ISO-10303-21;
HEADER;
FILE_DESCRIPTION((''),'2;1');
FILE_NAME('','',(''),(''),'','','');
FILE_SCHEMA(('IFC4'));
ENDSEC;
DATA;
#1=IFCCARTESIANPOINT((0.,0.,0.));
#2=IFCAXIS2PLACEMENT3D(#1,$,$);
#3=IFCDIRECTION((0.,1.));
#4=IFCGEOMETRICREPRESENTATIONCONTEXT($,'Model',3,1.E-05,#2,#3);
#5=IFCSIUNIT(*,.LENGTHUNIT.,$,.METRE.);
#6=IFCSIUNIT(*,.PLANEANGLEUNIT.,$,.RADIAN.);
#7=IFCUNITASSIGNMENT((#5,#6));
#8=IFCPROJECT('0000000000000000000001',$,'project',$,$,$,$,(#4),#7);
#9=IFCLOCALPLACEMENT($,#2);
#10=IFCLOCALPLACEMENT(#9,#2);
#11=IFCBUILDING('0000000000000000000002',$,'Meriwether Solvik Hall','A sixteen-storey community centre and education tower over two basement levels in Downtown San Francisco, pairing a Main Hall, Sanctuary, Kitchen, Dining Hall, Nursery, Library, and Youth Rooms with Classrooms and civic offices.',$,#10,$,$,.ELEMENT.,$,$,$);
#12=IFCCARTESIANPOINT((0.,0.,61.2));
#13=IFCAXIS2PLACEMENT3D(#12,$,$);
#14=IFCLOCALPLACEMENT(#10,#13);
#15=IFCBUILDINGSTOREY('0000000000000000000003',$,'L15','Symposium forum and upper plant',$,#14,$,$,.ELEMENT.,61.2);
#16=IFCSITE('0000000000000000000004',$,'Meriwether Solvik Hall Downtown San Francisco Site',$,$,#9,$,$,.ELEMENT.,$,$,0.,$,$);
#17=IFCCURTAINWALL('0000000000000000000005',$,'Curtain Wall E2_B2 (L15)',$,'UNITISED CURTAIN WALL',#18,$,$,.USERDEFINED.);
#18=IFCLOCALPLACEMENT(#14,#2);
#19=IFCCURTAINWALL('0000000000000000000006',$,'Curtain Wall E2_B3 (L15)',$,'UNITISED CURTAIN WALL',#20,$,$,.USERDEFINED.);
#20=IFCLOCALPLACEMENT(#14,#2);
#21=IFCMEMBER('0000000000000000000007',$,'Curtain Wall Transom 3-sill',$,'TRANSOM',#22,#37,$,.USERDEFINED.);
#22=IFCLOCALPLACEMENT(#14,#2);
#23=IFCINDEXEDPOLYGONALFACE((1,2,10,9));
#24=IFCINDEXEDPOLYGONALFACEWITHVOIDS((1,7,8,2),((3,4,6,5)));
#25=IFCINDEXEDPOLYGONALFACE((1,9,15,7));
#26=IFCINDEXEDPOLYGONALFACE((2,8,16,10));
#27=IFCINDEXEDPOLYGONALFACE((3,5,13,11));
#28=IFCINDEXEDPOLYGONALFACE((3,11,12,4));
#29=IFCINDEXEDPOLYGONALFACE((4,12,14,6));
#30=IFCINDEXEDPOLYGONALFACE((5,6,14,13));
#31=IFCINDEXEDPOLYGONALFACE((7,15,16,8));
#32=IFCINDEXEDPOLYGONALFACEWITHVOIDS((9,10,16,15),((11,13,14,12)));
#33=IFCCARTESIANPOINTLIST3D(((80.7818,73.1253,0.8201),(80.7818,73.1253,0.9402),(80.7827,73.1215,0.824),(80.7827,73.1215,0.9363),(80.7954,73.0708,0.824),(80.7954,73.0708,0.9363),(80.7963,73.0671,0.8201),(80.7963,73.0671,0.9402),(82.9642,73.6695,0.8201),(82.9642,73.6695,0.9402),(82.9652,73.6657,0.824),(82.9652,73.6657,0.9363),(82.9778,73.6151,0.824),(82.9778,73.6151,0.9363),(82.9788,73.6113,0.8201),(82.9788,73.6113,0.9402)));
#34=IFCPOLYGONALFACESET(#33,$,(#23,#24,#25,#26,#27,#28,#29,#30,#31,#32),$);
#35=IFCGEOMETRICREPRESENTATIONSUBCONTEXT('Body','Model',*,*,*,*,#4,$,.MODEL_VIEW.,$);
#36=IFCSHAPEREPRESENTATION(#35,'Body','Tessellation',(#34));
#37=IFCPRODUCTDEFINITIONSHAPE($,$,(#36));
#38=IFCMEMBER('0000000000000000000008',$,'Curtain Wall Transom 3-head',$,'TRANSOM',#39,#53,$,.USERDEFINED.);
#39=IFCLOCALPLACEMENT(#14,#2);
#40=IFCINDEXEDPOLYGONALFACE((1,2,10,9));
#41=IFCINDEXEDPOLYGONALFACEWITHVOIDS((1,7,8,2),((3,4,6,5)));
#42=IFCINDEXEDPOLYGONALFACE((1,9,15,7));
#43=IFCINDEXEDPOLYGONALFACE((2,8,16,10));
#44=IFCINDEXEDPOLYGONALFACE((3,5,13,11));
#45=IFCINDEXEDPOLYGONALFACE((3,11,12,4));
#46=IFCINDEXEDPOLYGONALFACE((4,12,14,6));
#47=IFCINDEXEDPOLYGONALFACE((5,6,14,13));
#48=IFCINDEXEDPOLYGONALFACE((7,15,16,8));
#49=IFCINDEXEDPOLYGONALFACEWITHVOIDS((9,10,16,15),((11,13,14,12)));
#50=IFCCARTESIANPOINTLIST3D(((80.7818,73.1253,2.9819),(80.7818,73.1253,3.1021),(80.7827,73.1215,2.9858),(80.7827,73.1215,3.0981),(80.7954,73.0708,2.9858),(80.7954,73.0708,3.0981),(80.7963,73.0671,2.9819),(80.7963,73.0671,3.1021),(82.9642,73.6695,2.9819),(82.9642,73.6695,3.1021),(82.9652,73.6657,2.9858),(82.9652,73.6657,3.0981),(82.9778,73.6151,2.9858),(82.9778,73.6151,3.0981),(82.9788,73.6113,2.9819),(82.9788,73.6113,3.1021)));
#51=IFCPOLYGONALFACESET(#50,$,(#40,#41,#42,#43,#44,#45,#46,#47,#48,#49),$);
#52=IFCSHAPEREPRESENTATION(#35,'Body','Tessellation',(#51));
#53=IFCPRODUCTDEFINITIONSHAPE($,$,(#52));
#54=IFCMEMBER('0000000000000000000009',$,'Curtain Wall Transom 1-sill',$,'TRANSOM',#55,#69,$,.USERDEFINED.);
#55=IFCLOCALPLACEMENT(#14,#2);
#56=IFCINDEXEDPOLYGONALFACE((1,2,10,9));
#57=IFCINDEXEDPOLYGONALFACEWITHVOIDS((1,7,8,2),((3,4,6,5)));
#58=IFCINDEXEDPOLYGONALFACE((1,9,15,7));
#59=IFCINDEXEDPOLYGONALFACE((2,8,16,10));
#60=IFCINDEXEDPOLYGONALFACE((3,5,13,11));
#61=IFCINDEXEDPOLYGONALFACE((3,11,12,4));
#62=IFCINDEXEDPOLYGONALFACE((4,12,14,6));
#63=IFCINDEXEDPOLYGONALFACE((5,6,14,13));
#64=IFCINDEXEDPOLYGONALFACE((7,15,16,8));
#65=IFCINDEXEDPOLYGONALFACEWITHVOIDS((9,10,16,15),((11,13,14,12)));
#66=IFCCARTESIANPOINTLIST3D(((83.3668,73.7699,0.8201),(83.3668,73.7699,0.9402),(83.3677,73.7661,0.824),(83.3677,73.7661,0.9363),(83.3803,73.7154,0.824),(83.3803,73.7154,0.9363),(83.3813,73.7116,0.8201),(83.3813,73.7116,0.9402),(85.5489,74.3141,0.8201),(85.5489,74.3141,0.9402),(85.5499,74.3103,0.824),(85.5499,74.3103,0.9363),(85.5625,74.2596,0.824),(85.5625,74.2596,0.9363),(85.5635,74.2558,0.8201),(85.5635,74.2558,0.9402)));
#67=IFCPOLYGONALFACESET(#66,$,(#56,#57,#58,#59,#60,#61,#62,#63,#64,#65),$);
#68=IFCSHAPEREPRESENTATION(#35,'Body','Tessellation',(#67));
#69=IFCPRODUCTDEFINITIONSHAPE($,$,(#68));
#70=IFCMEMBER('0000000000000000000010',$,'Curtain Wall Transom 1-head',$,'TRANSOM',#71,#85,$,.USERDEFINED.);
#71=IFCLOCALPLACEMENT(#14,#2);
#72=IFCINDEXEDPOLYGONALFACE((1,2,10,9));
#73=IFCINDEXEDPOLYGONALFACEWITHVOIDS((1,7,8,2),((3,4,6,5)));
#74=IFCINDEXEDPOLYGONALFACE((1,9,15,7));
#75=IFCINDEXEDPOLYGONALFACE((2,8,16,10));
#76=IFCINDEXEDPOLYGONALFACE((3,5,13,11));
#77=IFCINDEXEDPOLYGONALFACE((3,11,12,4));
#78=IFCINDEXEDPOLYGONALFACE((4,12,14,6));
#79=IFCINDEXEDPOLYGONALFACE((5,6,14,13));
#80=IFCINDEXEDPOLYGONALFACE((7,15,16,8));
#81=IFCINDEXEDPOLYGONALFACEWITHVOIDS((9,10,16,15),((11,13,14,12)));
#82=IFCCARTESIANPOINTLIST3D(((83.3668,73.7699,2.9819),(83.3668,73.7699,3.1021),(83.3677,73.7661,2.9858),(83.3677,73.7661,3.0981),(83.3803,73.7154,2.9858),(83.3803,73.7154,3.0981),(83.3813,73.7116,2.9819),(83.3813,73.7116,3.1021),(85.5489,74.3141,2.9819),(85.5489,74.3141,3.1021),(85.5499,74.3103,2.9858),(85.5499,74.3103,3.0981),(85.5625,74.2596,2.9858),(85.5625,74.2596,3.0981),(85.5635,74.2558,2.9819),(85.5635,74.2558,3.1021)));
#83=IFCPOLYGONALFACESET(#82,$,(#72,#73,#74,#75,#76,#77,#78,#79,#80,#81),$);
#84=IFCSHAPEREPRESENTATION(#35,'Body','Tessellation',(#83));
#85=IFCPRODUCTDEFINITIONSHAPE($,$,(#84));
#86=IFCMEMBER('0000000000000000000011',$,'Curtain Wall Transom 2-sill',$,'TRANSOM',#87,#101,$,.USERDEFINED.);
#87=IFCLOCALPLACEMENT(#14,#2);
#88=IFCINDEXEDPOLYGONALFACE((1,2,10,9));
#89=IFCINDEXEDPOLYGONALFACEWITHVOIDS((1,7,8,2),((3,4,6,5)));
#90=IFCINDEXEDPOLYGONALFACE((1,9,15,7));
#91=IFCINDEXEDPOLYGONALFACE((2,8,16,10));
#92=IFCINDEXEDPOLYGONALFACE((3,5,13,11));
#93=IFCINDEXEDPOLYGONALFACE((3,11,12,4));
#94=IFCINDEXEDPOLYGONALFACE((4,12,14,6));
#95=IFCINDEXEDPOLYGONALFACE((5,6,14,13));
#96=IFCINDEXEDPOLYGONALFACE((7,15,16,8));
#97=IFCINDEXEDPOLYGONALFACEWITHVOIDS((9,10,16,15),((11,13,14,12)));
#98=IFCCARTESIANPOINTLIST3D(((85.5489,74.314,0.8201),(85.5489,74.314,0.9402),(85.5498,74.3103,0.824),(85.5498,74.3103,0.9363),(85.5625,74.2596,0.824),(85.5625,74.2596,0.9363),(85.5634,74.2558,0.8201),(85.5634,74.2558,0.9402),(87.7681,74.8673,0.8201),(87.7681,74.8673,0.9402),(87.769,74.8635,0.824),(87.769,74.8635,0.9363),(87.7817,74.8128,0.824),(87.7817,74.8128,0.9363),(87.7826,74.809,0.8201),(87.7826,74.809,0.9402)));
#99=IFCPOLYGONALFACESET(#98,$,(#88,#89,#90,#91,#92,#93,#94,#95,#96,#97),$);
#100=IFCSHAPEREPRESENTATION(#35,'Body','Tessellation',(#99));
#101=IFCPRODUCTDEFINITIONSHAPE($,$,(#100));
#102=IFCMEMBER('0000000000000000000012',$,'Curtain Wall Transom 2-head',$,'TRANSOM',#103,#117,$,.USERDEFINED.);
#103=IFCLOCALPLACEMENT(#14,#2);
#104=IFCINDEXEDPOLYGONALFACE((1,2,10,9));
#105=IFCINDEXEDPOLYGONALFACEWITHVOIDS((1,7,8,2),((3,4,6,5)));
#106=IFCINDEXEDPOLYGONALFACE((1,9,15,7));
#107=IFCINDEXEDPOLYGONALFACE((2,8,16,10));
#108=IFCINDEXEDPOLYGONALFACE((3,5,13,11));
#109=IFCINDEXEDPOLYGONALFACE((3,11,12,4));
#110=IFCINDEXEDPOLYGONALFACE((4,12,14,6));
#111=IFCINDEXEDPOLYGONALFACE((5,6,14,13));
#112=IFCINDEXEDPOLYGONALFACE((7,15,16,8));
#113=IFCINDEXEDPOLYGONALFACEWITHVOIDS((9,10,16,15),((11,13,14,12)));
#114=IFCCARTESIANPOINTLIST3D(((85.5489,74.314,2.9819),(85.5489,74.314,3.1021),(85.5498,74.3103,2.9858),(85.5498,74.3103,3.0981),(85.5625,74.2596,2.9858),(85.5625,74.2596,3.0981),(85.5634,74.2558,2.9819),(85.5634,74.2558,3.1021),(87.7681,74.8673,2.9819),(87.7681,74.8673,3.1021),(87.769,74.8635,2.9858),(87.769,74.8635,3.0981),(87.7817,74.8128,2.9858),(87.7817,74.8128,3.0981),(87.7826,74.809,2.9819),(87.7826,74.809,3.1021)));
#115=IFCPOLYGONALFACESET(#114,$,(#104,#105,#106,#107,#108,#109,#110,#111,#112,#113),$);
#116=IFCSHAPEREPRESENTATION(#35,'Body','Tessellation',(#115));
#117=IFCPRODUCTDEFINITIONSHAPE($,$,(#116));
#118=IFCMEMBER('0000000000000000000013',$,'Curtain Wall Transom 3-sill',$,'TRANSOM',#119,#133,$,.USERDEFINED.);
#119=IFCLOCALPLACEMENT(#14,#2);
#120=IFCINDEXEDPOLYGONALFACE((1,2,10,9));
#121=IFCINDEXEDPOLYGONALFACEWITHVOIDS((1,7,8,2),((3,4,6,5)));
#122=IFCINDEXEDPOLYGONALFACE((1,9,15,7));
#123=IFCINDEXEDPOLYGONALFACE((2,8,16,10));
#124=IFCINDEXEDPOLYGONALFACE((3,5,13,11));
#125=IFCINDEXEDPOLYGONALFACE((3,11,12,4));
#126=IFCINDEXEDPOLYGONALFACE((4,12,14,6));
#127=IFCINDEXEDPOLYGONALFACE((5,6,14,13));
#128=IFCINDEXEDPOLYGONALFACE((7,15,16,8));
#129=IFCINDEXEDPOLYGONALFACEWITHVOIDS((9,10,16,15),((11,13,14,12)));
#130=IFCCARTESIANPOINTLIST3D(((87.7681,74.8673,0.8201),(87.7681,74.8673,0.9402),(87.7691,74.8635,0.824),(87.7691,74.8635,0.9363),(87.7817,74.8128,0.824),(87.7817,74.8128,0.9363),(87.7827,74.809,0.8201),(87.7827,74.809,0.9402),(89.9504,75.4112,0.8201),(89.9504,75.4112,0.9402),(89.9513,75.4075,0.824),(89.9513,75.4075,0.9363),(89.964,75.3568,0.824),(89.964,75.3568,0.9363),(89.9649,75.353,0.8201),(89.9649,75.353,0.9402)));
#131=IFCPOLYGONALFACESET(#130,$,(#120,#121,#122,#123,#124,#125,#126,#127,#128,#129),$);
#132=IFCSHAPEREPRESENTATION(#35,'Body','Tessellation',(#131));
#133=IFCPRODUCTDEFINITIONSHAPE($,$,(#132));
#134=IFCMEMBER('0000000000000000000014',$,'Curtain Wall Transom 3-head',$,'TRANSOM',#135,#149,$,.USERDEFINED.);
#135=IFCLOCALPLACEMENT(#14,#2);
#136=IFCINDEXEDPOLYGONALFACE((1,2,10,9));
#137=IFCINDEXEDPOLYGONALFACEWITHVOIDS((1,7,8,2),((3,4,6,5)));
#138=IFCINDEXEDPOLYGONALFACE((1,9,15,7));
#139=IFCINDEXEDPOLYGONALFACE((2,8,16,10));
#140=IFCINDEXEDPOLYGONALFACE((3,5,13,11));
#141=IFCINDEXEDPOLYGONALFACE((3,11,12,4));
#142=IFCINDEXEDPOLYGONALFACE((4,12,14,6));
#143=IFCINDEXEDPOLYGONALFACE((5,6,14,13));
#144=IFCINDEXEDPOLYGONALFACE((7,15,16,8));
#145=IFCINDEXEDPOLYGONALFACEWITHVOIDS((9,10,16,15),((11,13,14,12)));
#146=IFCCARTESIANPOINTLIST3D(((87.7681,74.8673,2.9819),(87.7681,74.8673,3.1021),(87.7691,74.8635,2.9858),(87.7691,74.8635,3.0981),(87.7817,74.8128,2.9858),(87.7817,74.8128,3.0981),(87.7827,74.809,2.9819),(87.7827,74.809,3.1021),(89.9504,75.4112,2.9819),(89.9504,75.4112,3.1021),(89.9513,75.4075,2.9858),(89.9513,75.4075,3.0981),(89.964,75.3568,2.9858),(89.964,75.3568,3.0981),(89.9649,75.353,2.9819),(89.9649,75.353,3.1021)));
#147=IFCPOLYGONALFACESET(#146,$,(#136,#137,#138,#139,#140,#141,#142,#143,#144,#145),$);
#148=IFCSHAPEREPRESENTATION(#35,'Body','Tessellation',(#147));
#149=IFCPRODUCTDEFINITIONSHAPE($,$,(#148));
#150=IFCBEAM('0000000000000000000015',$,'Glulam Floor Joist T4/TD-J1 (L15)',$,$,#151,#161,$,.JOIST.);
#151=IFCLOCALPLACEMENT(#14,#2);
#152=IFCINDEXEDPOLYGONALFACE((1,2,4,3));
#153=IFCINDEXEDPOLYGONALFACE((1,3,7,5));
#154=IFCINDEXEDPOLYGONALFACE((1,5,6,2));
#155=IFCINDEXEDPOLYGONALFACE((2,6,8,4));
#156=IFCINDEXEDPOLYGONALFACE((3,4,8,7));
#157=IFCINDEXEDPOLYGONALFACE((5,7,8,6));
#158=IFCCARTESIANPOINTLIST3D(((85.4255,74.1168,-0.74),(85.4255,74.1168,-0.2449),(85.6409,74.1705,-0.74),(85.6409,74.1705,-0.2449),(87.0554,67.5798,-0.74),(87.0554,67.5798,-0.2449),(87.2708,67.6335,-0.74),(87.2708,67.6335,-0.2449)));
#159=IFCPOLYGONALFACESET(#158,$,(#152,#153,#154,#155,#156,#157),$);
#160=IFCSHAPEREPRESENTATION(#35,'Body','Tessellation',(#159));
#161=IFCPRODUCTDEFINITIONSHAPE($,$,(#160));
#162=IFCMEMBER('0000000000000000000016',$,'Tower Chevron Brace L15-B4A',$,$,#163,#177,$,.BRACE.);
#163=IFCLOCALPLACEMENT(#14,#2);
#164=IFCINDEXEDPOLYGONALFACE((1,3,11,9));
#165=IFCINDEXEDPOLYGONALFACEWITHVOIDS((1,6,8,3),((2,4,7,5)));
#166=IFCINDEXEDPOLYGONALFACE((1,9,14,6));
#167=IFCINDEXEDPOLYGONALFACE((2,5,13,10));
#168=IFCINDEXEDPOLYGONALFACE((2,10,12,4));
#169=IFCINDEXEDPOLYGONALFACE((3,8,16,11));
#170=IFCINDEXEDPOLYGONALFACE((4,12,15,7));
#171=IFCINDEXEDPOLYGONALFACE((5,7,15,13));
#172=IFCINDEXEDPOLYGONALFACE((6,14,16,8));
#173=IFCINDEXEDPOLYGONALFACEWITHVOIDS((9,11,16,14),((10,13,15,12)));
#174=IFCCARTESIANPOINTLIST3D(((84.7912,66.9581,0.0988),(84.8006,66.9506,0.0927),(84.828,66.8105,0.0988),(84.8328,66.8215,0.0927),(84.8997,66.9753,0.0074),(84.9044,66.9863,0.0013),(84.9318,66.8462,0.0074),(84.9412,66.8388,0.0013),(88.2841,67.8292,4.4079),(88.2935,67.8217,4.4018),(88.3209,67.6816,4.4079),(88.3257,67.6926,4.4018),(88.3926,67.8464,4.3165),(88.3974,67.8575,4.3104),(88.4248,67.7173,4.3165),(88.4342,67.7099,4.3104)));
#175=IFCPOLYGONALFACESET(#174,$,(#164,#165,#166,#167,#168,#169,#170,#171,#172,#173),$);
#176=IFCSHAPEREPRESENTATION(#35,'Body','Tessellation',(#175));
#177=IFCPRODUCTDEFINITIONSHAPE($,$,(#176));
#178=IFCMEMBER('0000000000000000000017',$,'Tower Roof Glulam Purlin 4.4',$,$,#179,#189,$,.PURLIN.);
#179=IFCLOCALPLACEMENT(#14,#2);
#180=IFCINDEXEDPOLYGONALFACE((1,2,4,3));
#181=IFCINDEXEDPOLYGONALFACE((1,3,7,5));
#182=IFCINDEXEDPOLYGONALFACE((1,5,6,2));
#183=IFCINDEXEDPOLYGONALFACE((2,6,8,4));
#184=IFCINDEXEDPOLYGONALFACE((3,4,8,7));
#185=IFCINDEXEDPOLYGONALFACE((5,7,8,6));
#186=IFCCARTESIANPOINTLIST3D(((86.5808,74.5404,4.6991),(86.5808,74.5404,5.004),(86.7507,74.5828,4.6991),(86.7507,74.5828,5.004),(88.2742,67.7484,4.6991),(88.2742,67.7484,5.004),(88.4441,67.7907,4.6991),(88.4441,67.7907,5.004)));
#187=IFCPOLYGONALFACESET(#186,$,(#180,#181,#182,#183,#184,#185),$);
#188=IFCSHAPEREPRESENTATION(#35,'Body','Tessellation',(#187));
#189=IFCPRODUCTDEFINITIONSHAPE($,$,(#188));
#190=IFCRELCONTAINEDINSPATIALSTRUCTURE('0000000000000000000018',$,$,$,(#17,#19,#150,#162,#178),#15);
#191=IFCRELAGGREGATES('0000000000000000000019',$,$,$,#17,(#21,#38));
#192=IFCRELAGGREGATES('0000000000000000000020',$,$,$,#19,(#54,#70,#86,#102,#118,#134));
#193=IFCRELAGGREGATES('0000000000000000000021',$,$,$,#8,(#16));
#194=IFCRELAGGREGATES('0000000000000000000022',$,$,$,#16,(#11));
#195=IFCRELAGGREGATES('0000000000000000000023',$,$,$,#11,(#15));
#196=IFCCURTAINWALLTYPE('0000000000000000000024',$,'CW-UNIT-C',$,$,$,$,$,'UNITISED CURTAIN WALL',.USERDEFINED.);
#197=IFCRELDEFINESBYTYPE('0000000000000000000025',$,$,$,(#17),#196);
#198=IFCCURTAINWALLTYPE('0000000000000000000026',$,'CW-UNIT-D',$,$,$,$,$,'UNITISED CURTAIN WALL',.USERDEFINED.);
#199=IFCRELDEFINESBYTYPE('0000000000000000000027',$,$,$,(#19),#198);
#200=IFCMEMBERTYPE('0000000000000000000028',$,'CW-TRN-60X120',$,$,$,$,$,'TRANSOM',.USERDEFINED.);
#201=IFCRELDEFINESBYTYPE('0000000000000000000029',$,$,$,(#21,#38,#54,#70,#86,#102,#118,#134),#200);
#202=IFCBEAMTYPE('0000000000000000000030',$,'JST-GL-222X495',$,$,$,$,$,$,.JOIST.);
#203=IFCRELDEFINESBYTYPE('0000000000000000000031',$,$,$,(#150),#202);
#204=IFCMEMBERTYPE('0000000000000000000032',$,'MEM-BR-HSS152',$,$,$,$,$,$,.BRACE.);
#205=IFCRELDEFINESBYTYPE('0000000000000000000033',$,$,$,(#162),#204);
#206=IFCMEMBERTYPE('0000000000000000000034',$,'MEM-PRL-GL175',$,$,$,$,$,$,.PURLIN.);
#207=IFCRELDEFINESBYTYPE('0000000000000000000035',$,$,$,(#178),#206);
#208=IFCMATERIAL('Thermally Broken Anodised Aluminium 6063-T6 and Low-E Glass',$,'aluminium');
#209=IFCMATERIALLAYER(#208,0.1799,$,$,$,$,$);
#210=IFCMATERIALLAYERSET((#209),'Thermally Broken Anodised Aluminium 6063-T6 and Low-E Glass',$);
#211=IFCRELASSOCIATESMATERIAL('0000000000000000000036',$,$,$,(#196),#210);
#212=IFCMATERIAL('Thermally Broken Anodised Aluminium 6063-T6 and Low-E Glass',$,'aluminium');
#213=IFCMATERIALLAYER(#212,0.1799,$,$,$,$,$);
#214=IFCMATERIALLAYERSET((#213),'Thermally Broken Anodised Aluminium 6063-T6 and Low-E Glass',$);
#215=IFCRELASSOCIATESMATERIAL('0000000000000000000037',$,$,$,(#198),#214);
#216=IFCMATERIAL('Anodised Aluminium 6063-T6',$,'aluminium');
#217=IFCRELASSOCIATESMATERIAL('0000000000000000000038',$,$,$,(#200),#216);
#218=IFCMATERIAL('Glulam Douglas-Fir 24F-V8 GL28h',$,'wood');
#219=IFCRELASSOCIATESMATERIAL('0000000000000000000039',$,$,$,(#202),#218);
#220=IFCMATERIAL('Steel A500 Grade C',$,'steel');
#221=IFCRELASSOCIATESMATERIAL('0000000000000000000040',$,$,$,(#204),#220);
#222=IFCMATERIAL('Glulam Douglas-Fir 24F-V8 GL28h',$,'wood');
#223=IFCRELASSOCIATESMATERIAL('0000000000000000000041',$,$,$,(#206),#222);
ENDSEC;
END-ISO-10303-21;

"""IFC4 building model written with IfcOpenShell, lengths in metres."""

from ifc_helpers import new_model, si_unit, direction, frame, origin, origin_2d, place, context, subcontext, project, spatial, rectangle, hollow_rectangle, extrude, material, layer, layer_set, material_profile, profile_set, type_object, element, aggregate, save


model = new_model("IFC4")

# Units and contexts
model_context = context("Model", 3, precision=1e-05, world=origin(), true_north=direction((0.0, 1.0)))
body_context = subcontext(model_context, "Body", "Model", "MODEL_VIEW")
ifc_project = project(units=[si_unit("LENGTHUNIT", "METRE"), si_unit("PLANEANGLEUNIT", "RADIAN")], contexts=[model_context])

# Site, building, storey
site_placement = place(None, origin())
site = spatial("IfcSite", under=ifc_project, at=site_placement, Name="Meriwether Solvik Hall Downtown San Francisco Site", CompositionType="ELEMENT", RefElevation=0.0)
building_placement = place(site_placement, origin())
building = spatial("IfcBuilding", under=site, at=building_placement, Name="Meriwether Solvik Hall", Description="A sixteen-storey community centre and education tower over two basement levels in Downtown San Francisco, pairing a Main Hall, Sanctuary, Kitchen, Dining Hall, Nursery, Library, and Youth Rooms with Classrooms and civic offices.", CompositionType="ELEMENT")
storey_placement = place(building_placement, frame((0.0, 0.0, 61.2)))
storey = spatial("IfcBuildingStorey", under=building, at=storey_placement, Name="L15", Description="Symposium forum and upper plant", CompositionType="ELEMENT", Elevation=61.2)

# Curtain walls
ifc_material_1 = material(Name="Thermally Broken Anodised Aluminium 6063-T6 and Low-E Glass", Category="aluminium")
ifc_layer_1 = layer(ifc_material_1, 0.1799)
ifc_layer_set_1 = layer_set([ifc_layer_1], Name="Thermally Broken Anodised Aluminium 6063-T6 and Low-E Glass")
curtain_wall_type_1 = type_object("IfcCurtainWallType", Name="CW-UNIT-C", ElementType="UNITISED CURTAIN WALL", PredefinedType="USERDEFINED", material=ifc_layer_set_1)
curtain_wall_1_placement = place(storey_placement, origin())
curtain_wall_1 = element("IfcCurtainWall", 1, at=curtain_wall_1_placement, inside=storey, type_object=curtain_wall_type_1, Name="Curtain Wall E2_B2 (L15)", ObjectType="UNITISED CURTAIN WALL", PredefinedType="USERDEFINED")
ifc_material_2 = material(Name="Thermally Broken Anodised Aluminium 6063-T6 and Low-E Glass", Category="aluminium")
ifc_layer_2 = layer(ifc_material_2, 0.1799)
ifc_layer_set_2 = layer_set([ifc_layer_2], Name="Thermally Broken Anodised Aluminium 6063-T6 and Low-E Glass")
curtain_wall_type_2 = type_object("IfcCurtainWallType", Name="CW-UNIT-D", ElementType="UNITISED CURTAIN WALL", PredefinedType="USERDEFINED", material=ifc_layer_set_2)
curtain_wall_2_placement = place(storey_placement, origin())
curtain_wall_2 = element("IfcCurtainWall", 2, at=curtain_wall_2_placement, inside=storey, type_object=curtain_wall_type_2, Name="Curtain Wall E2_B3 (L15)", ObjectType="UNITISED CURTAIN WALL", PredefinedType="USERDEFINED")

# Members
ifc_material_3 = material(Name="Anodised Aluminium 6063-T6", Category="aluminium")
ifc_material_profile_1 = material_profile(ifc_material_3, hollow_rectangle(XDim=0.0601, YDim=0.1201, WallThickness=0.0039, at=origin_2d()), Name="CWT-60X120")
ifc_profile_set_1 = profile_set([ifc_material_profile_1], Name="Anodised Aluminium 6063-T6")
member_type_1 = type_object("IfcMemberType", Name="CW-TRN-60X120", ElementType="TRANSOM", PredefinedType="USERDEFINED", material=ifc_profile_set_1)
member_1_placement = place(storey_placement, frame((80.7891, 73.0962, 0.8801), z_axis=(0.970289, 0.241948, 0.0), x_axis=(-0.241948, 0.970289, 0.0)))
member_1 = element("IfcMember", 3, at=member_1_placement, type_object=member_type_1, Name="Curtain Wall Transom 3-sill", ObjectType="TRANSOM", PredefinedType="USERDEFINED", context=body_context, shape_type="SweptSolid", body=[
    extrude(hollow_rectangle(XDim=0.0601, YDim=0.1201, WallThickness=0.0039, at=origin_2d()), origin(), (0.0, 0.0, 1.0), 2.2493),
])
member_2_placement = place(storey_placement, frame((80.7891, 73.0962, 3.042), z_axis=(0.970289, 0.241948, 0.0), x_axis=(-0.241948, 0.970289, 0.0)))
member_2 = element("IfcMember", 4, at=member_2_placement, type_object=member_type_1, Name="Curtain Wall Transom 3-head", ObjectType="TRANSOM", PredefinedType="USERDEFINED", context=body_context, shape_type="SweptSolid", body=[
    extrude(hollow_rectangle(XDim=0.0601, YDim=0.1201, WallThickness=0.0039, at=origin_2d()), origin(), (0.0, 0.0, 1.0), 2.2493),
])
member_3_placement = place(storey_placement, frame((83.374, 73.7407, 0.8801), z_axis=(0.970283, 0.241974, 0.0), x_axis=(-0.241974, 0.970283, 0.0)))
member_3 = element("IfcMember", 5, at=member_3_placement, type_object=member_type_1, Name="Curtain Wall Transom 1-sill", ObjectType="TRANSOM", PredefinedType="USERDEFINED", context=body_context, shape_type="SweptSolid", body=[
    extrude(hollow_rectangle(XDim=0.0601, YDim=0.1201, WallThickness=0.0039, at=origin_2d()), origin(), (0.0, 0.0, 1.0), 2.249),
])
member_4_placement = place(storey_placement, frame((83.374, 73.7407, 3.042), z_axis=(0.970283, 0.241974, 0.0), x_axis=(-0.241974, 0.970283, 0.0)))
member_4 = element("IfcMember", 6, at=member_4_placement, type_object=member_type_1, Name="Curtain Wall Transom 1-head", ObjectType="TRANSOM", PredefinedType="USERDEFINED", context=body_context, shape_type="SweptSolid", body=[
    extrude(hollow_rectangle(XDim=0.0601, YDim=0.1201, WallThickness=0.0039, at=origin_2d()), origin(), (0.0, 0.0, 1.0), 2.249),
])
member_5_placement = place(storey_placement, frame((85.5562, 74.2849, 0.8801), z_axis=(0.970306, 0.241883, 0.0), x_axis=(-0.241883, 0.970306, 0.0)))
member_5 = element("IfcMember", 7, at=member_5_placement, type_object=member_type_1, Name="Curtain Wall Transom 2-sill", ObjectType="TRANSOM", PredefinedType="USERDEFINED", context=body_context, shape_type="SweptSolid", body=[
    extrude(hollow_rectangle(XDim=0.0601, YDim=0.1201, WallThickness=0.0039, at=origin_2d()), origin(), (0.0, 0.0, 1.0), 2.2871),
])
member_6_placement = place(storey_placement, frame((85.5562, 74.2849, 3.042), z_axis=(0.970306, 0.241883, 0.0), x_axis=(-0.241883, 0.970306, 0.0)))
member_6 = element("IfcMember", 8, at=member_6_placement, type_object=member_type_1, Name="Curtain Wall Transom 2-head", ObjectType="TRANSOM", PredefinedType="USERDEFINED", context=body_context, shape_type="SweptSolid", body=[
    extrude(hollow_rectangle(XDim=0.0601, YDim=0.1201, WallThickness=0.0039, at=origin_2d()), origin(), (0.0, 0.0, 1.0), 2.2871),
])
member_7_placement = place(storey_placement, frame((87.7754, 74.8381, 0.8801), z_axis=(0.970308, 0.241871, 0.0), x_axis=(-0.241871, 0.970308, 0.0)))
member_7 = element("IfcMember", 9, at=member_7_placement, type_object=member_type_1, Name="Curtain Wall Transom 3-sill", ObjectType="TRANSOM", PredefinedType="USERDEFINED", context=body_context, shape_type="SweptSolid", body=[
    extrude(hollow_rectangle(XDim=0.0601, YDim=0.1201, WallThickness=0.0039, at=origin_2d()), origin(), (0.0, 0.0, 1.0), 2.249),
])
member_8_placement = place(storey_placement, frame((87.7754, 74.8381, 3.042), z_axis=(0.970308, 0.241871, 0.0), x_axis=(-0.241871, 0.970308, 0.0)))
member_8 = element("IfcMember", 10, at=member_8_placement, type_object=member_type_1, Name="Curtain Wall Transom 3-head", ObjectType="TRANSOM", PredefinedType="USERDEFINED", context=body_context, shape_type="SweptSolid", body=[
    extrude(hollow_rectangle(XDim=0.0601, YDim=0.1201, WallThickness=0.0039, at=origin_2d()), origin(), (0.0, 0.0, 1.0), 2.249),
])

# Beam
ifc_material_4 = material(Name="Glulam Douglas-Fir 24F-V8 GL28h", Category="wood")
ifc_material_profile_2 = material_profile(ifc_material_4, rectangle(XDim=0.2219, YDim=0.4951, at=origin_2d()), Name="GLJ-222X495")
ifc_profile_set_2 = profile_set([ifc_material_profile_2], Name="Glulam Douglas-Fir 24F-V8 GL28h")
beam_type_1 = type_object("IfcBeamType", Name="JST-GL-222X495", PredefinedType="JOIST", material=ifc_profile_set_2)
beam_1_placement = place(storey_placement, frame((87.1631, 67.6067, -0.4924), z_axis=(-0.24193, 0.970294, 0.0), x_axis=(-0.970294, -0.24193, 0.0)))
element("IfcBeam", 11, at=beam_1_placement, inside=storey, type_object=beam_type_1, Name="Glulam Floor Joist T4/TD-J1 (L15)", PredefinedType="JOIST", context=body_context, shape_type="SweptSolid", body=[
    extrude(rectangle(XDim=0.2219, YDim=0.4951, at=origin_2d()), origin(), (0.0, 0.0, 1.0), 6.7371),
])

# Members
ifc_material_5 = material(Name="Steel A500 Grade C", Category="steel")
ifc_material_profile_3 = material_profile(ifc_material_5, hollow_rectangle(XDim=0.1521, YDim=0.1521, WallThickness=0.0095, at=origin_2d()), Name="HSS152X152X9.5")
ifc_profile_set_3 = profile_set([ifc_material_profile_3], Name="Steel A500 Grade C")
member_type_2 = type_object("IfcMemberType", Name="MEM-BR-HSS152", PredefinedType="BRACE", material=ifc_profile_set_3)
member_9_placement = place(storey_placement, frame((84.8662, 66.8984, 0.05), z_axis=(0.622077, 0.155139, 0.767432), x_axis=(-0.241977, 0.970282, 0.0)))
element("IfcMember", 12, at=member_9_placement, inside=storey, type_object=member_type_2, Name="Tower Chevron Brace L15-B4A", PredefinedType="BRACE", context=body_context, shape_type="SweptSolid", body=[
    extrude(hollow_rectangle(XDim=0.1521, YDim=0.1521, WallThickness=0.0095, at=origin_2d()), origin(), (0.0, 0.0, 1.0), 5.615),
])
ifc_material_6 = material(Name="Glulam Douglas-Fir 24F-V8 GL28h", Category="wood")
ifc_material_profile_4 = material_profile(ifc_material_6, rectangle(XDim=0.175, YDim=0.3049, at=origin_2d()), Name="GLM-175X305")
ifc_profile_set_4 = profile_set([ifc_material_profile_4], Name="Glulam Douglas-Fir 24F-V8 GL28h")
member_type_3 = type_object("IfcMemberType", Name="MEM-PRL-GL175", PredefinedType="PURLIN", material=ifc_profile_set_4)
member_10_placement = place(storey_placement, frame((88.3591, 67.7695, 4.8516), z_axis=(-0.241912, 0.970298, 0.0), x_axis=(-0.970298, -0.241912, 0.0)))
element("IfcMember", 13, at=member_10_placement, inside=storey, type_object=member_type_3, Name="Tower Roof Glulam Purlin 4.4", PredefinedType="PURLIN", context=body_context, shape_type="SweptSolid", body=[
    extrude(rectangle(XDim=0.175, YDim=0.3049, at=origin_2d()), origin(), (0.0, 0.0, 1.0), 7.0),
])

aggregate(curtain_wall_1, [member_1, member_2])
aggregate(curtain_wall_2, [member_3, member_4, member_5, member_6, member_7, member_8])

save(model, "model.ifc")
